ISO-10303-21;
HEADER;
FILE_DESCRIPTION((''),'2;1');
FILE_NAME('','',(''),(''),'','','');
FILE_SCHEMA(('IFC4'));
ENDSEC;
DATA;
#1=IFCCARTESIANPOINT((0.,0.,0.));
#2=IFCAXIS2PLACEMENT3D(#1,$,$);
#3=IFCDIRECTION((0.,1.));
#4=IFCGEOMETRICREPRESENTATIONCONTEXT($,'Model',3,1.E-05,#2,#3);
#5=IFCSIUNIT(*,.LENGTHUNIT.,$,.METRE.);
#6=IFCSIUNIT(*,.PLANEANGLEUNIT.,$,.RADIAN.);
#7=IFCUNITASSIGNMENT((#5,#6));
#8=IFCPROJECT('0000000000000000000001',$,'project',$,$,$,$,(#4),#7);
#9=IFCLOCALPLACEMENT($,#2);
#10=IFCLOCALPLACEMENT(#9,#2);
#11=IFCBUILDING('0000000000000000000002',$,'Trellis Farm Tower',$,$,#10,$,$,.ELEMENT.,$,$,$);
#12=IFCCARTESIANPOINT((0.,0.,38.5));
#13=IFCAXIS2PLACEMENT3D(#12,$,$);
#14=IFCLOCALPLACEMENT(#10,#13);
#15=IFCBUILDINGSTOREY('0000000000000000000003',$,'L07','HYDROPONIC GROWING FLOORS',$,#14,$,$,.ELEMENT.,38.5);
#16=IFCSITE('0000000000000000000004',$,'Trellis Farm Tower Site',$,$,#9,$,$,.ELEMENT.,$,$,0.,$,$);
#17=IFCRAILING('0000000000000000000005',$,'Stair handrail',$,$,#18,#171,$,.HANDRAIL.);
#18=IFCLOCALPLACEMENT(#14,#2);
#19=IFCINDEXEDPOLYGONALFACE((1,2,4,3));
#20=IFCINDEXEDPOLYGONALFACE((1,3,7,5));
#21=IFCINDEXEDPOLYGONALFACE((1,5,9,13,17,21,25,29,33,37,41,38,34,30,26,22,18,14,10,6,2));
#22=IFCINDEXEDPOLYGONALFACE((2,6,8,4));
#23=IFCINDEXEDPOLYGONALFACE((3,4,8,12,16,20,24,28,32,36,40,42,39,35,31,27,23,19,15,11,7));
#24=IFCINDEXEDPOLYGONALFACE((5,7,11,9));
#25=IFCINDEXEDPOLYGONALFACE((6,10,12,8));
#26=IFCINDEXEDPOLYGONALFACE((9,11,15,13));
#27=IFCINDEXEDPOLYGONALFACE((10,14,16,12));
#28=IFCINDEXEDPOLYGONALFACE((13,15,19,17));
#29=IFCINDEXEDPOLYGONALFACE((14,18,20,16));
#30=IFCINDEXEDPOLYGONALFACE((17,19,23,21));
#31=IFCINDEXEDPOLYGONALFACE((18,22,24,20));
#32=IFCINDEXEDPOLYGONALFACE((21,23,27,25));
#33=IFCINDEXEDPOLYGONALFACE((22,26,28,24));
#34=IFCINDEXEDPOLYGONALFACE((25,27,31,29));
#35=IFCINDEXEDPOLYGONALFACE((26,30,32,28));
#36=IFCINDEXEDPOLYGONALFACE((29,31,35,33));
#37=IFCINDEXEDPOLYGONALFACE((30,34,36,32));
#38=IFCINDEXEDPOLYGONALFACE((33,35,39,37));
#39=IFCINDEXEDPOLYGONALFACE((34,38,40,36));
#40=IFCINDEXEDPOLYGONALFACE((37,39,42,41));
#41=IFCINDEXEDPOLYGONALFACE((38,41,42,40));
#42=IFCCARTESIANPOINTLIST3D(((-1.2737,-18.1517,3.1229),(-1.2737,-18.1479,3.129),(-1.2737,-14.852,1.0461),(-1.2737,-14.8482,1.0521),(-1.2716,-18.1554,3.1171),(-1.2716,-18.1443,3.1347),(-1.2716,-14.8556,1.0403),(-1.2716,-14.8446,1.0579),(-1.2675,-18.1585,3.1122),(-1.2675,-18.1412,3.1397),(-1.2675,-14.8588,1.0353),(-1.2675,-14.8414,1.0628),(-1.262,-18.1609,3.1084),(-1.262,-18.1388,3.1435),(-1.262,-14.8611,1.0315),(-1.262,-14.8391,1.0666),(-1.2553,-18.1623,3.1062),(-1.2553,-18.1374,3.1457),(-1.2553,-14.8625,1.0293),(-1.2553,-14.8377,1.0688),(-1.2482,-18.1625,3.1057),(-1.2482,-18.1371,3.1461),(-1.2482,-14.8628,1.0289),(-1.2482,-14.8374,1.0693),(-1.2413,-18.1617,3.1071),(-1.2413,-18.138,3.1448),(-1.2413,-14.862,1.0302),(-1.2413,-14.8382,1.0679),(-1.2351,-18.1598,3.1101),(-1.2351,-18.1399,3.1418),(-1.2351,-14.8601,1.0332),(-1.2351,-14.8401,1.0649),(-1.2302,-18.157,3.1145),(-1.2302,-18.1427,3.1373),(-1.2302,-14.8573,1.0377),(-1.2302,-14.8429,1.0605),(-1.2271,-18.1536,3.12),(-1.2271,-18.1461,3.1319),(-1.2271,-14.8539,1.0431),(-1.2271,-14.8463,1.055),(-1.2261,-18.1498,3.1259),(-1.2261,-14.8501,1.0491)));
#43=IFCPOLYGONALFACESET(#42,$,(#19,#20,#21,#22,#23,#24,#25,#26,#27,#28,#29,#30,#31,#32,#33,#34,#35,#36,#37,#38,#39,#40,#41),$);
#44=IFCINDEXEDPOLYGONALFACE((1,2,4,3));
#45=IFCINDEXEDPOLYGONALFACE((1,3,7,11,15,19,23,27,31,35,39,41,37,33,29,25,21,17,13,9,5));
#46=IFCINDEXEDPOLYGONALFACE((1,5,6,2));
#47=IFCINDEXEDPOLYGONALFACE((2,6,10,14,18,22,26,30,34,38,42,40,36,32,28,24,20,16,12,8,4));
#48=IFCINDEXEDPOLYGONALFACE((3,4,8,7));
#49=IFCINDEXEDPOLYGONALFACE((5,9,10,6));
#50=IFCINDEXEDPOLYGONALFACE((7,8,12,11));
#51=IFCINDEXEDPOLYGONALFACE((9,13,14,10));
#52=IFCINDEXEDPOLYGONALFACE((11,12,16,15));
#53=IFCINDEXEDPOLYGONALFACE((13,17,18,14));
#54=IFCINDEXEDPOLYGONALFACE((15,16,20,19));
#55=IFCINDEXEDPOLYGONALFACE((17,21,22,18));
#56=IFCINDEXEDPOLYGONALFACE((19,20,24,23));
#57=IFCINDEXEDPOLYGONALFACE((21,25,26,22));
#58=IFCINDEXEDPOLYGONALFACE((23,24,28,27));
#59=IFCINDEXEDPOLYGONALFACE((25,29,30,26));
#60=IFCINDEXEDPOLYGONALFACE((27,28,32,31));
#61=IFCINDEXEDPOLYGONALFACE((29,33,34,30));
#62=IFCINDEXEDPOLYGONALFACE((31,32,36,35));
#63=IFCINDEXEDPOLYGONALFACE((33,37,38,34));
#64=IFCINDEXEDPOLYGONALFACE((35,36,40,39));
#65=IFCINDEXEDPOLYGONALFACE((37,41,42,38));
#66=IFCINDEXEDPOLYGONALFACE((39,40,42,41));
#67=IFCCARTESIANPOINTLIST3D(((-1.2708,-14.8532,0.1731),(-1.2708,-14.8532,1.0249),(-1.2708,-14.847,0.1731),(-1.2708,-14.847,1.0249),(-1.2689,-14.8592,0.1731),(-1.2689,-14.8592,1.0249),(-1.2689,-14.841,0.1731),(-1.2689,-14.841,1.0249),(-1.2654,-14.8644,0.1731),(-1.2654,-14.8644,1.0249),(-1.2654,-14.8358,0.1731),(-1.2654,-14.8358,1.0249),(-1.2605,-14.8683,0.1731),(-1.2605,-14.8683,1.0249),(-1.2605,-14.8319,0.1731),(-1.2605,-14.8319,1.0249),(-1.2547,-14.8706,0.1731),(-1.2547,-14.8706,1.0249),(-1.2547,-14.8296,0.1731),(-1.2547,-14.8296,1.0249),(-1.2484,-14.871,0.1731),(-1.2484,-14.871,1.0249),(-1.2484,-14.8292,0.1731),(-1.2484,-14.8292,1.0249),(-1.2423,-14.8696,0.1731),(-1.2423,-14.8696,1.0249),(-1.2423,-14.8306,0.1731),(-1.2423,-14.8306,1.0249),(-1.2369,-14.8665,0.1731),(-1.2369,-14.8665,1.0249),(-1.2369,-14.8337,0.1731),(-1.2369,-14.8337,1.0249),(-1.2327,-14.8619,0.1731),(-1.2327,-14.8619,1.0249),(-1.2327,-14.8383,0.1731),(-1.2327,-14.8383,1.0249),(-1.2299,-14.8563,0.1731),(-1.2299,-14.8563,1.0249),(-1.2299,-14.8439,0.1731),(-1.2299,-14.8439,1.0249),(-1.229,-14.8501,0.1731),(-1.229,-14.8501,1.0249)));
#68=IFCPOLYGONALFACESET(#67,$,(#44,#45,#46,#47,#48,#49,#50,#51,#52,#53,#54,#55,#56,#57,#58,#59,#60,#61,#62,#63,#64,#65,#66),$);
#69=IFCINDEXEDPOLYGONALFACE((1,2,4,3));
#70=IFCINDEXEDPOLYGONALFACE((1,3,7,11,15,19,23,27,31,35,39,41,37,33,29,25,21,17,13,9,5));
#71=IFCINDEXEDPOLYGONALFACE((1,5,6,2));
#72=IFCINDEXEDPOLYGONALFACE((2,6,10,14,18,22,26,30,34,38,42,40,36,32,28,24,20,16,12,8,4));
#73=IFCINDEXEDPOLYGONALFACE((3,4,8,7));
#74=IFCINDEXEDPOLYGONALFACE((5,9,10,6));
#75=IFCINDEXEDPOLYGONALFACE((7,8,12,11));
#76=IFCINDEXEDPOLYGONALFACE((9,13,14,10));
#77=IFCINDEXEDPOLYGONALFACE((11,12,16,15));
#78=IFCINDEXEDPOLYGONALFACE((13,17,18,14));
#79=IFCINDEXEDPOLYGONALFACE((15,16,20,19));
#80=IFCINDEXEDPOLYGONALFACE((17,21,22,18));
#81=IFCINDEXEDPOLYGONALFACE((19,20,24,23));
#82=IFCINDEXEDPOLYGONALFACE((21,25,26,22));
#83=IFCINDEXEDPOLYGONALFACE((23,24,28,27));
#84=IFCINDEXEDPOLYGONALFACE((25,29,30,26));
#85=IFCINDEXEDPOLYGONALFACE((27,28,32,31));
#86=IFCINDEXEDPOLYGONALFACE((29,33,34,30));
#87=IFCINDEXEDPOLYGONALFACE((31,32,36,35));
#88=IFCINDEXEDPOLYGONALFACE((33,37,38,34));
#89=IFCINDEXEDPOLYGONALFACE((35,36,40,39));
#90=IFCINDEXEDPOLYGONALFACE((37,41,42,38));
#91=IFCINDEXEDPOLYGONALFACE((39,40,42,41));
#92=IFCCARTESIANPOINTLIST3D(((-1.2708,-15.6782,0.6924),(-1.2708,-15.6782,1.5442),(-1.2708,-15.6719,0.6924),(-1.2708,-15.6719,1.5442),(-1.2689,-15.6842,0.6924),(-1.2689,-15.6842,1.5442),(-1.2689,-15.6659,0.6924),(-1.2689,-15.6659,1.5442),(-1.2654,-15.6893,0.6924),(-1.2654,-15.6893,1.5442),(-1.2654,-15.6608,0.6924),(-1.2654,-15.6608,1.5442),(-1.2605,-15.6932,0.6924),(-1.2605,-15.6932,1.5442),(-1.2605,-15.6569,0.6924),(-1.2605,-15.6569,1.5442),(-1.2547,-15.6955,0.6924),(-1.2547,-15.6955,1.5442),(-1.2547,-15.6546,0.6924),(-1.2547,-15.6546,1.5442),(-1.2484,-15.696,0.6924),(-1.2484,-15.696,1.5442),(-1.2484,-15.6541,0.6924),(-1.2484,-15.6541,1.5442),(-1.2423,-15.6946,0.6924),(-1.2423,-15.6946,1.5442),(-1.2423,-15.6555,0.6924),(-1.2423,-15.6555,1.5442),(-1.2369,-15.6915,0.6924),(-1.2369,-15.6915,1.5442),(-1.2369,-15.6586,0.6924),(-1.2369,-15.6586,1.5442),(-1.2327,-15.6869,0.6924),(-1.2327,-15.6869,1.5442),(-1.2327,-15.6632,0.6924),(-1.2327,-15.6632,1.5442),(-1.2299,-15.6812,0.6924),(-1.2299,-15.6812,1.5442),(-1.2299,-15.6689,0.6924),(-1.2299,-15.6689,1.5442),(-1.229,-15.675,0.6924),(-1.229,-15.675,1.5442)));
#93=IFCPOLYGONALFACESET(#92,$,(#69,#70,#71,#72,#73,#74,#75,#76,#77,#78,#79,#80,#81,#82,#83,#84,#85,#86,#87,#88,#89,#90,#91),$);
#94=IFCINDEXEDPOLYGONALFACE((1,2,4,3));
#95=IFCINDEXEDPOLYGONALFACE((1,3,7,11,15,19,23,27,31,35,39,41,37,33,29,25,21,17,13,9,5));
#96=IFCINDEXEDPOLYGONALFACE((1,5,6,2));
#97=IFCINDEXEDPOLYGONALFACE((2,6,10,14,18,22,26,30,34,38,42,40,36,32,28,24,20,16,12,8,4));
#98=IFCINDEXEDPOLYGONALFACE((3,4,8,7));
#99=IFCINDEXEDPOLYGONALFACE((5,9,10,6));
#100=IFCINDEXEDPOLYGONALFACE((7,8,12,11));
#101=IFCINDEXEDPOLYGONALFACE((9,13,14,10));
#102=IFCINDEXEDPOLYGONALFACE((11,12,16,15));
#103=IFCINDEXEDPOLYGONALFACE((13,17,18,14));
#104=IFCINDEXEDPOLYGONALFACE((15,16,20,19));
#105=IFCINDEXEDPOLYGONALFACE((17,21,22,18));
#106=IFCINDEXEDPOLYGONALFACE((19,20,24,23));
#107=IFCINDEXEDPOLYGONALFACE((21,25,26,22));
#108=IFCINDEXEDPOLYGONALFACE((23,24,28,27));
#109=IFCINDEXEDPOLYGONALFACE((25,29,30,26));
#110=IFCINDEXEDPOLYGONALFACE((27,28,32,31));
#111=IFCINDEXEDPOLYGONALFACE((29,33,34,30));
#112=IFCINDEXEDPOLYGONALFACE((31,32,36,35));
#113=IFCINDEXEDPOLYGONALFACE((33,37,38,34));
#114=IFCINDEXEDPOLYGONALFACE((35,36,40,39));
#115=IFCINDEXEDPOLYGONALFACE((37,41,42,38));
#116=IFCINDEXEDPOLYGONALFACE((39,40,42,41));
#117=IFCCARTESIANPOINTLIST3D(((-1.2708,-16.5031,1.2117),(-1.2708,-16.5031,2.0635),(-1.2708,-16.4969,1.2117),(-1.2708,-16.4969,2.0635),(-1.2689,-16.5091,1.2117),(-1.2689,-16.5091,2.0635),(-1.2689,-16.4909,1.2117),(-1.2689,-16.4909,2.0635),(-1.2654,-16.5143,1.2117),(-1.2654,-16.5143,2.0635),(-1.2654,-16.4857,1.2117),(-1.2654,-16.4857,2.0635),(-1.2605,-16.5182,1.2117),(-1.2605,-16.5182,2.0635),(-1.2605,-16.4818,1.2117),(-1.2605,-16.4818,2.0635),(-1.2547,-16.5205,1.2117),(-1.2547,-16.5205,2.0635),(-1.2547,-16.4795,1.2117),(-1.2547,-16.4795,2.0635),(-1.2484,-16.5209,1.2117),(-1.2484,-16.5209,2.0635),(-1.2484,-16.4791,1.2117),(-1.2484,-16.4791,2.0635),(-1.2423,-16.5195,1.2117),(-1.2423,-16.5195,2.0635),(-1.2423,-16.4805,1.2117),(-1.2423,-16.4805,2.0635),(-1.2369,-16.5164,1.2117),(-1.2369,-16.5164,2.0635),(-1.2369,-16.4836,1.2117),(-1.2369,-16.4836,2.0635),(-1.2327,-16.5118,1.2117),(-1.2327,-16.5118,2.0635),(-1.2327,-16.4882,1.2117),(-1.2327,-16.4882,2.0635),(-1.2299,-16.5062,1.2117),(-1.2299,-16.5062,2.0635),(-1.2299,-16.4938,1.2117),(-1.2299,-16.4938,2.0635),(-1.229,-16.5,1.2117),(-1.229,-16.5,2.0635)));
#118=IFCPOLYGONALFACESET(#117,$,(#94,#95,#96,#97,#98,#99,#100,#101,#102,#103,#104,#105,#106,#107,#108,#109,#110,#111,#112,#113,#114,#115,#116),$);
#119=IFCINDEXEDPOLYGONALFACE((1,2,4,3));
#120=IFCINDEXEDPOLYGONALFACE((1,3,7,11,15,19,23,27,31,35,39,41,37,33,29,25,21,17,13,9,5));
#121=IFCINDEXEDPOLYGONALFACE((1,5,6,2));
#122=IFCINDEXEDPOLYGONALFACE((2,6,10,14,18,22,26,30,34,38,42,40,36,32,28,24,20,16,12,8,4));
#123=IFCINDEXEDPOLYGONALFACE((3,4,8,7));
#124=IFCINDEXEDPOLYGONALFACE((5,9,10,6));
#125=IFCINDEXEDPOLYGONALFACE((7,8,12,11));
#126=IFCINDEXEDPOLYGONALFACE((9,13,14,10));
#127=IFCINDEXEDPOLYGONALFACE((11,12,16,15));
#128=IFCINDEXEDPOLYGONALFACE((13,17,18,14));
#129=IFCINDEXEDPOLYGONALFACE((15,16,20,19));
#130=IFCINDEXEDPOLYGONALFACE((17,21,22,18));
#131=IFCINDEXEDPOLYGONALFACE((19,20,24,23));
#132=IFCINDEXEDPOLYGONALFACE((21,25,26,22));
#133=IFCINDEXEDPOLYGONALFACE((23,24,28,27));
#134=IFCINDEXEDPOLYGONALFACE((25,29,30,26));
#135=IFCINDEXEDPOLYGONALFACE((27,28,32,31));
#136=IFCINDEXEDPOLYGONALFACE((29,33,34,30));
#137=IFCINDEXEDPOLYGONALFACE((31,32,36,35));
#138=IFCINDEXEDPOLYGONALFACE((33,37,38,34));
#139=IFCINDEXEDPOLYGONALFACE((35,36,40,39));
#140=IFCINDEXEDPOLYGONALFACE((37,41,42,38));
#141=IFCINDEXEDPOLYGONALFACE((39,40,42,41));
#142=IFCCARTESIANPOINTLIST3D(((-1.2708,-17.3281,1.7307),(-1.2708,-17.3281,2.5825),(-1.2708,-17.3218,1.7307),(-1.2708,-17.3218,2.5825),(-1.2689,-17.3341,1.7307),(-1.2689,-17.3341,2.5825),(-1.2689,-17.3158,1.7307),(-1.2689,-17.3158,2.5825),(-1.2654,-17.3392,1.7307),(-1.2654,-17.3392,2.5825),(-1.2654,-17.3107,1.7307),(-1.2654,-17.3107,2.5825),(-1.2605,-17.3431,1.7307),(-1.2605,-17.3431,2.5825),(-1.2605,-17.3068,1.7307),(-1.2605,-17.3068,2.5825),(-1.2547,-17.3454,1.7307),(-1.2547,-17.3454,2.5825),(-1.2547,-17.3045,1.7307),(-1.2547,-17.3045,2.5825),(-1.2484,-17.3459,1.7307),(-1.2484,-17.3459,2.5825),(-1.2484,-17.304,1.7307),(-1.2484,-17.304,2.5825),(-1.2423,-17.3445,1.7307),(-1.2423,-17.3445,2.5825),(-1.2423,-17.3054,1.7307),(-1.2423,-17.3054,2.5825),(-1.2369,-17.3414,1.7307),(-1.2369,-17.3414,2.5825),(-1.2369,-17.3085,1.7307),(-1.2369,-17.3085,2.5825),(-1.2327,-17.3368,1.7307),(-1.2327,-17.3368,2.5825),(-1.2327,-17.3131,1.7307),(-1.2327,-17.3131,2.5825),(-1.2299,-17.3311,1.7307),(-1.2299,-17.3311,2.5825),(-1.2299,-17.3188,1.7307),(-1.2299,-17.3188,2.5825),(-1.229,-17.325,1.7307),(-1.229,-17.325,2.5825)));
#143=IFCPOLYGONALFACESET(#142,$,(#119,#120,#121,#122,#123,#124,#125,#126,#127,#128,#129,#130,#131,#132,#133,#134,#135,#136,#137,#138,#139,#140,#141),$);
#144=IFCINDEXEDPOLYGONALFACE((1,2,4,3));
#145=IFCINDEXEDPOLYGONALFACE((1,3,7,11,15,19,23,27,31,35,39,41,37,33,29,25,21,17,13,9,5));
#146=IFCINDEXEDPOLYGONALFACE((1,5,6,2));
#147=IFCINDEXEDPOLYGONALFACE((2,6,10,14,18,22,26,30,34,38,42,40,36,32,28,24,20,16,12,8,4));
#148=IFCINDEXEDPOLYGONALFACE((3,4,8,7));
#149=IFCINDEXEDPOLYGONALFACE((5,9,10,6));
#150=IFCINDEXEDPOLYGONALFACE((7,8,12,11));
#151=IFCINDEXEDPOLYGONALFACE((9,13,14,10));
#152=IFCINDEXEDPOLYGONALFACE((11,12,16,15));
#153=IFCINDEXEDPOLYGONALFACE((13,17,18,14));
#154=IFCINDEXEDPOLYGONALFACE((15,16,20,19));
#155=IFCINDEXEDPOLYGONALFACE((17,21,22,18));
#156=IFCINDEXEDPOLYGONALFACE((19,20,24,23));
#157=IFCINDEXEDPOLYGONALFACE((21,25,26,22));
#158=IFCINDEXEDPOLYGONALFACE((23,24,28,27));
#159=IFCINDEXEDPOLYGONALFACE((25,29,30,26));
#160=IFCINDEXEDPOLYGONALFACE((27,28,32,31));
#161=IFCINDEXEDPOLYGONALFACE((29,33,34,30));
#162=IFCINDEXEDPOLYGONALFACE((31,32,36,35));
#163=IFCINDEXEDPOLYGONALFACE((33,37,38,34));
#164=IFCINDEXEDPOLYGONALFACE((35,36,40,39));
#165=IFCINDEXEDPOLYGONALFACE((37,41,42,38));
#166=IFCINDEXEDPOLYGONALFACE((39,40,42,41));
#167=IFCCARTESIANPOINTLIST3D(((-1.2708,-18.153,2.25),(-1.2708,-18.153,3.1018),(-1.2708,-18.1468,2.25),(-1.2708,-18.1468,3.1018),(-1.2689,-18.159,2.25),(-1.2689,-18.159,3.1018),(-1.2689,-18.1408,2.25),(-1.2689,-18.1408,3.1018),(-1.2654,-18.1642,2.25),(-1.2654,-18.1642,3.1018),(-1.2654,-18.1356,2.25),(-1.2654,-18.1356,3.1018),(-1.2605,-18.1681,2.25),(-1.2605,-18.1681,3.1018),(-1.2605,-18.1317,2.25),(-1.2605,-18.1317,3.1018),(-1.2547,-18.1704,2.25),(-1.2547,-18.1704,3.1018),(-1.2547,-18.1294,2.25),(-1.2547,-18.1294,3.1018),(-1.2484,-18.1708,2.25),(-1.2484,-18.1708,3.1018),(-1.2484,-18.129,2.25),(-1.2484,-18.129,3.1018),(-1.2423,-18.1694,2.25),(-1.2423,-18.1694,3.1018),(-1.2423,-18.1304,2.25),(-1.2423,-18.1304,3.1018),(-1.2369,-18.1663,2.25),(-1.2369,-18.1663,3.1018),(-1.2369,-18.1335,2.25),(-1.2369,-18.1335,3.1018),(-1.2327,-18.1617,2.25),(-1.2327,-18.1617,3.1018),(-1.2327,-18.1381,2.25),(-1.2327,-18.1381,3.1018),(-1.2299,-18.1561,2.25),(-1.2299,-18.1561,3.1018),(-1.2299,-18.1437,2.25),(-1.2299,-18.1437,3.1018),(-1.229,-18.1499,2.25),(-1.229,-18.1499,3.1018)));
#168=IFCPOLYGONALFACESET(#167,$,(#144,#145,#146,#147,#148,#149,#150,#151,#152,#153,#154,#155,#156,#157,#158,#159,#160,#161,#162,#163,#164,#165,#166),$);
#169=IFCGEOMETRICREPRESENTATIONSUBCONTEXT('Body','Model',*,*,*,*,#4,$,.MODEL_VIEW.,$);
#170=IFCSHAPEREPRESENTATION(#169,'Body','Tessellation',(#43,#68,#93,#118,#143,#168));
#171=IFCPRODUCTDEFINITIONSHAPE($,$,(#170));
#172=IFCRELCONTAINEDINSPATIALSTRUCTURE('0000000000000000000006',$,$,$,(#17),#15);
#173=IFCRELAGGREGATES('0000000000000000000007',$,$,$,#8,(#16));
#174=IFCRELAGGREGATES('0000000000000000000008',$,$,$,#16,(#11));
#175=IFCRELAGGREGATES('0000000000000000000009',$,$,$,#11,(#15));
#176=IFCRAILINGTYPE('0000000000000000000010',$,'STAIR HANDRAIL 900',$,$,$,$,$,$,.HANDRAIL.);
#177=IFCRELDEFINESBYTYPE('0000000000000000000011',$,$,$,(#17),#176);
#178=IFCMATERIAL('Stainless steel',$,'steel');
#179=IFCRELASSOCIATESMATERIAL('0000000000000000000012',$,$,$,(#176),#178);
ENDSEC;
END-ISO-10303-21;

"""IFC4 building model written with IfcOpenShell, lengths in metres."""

from ifc_helpers import new_model, si_unit, direction, frame, origin, origin_2d, place, context, subcontext, project, spatial, circle, extrude, source, transform, mapped, material, type_object, element, save


model = new_model("IFC4")

# Units and contexts
model_context = context("Model", 3, precision=1e-05, world=origin(), true_north=direction((0.0, 1.0)))
body_context = subcontext(model_context, "Body", "Model", "MODEL_VIEW")
ifc_project = project(units=[si_unit("LENGTHUNIT", "METRE"), si_unit("PLANEANGLEUNIT", "RADIAN")], contexts=[model_context])

# Site, building, storey
site_placement = place(None, origin())
site = spatial("IfcSite", under=ifc_project, at=site_placement, Name="Trellis Farm Tower Site", CompositionType="ELEMENT", RefElevation=0.0)
building_placement = place(site_placement, origin())
building = spatial("IfcBuilding", under=site, at=building_placement, Name="Trellis Farm Tower", CompositionType="ELEMENT")
storey_placement = place(building_placement, frame((0.0, 0.0, 38.5)))
storey = spatial("IfcBuildingStorey", under=building, at=storey_placement, Name="L07", Description="HYDROPONIC GROWING FLOORS", CompositionType="ELEMENT", Elevation=38.5)

# Railing
ifc_material_1 = material(Name="Stainless steel", Category="steel")
railing_type = type_object("IfcRailingType", Name="STAIR HANDRAIL 900", PredefinedType="HANDRAIL", material=ifc_material_1)
shared_shape_1 = source(origin(), body_context, "Body", "SweptSolid", [
    extrude(circle(Radius=0.0239, at=origin_2d()), frame((0.0, 0.0, 0.876), z_axis=(0.0, -0.84632, 0.532675), x_axis=(1.0, 0.0, 0.0)), (0.0, 0.0, 1.0), 3.8989),
    extrude(circle(Radius=0.021, at=origin_2d()), origin(), (0.0, 0.0, 1.0), 0.8518),
    extrude(circle(Radius=0.021, at=origin_2d()), frame((0.0, -0.825, 0.5193)), (0.0, 0.0, 1.0), 0.8518),
    extrude(circle(Radius=0.021, at=origin_2d()), frame((0.0, -1.6499, 1.0386)), (0.0, 0.0, 1.0), 0.8518),
    extrude(circle(Radius=0.021, at=origin_2d()), frame((0.0, -2.4749, 1.5576)), (0.0, 0.0, 1.0), 0.8518),
    extrude(circle(Radius=0.021, at=origin_2d()), frame((0.0, -3.2998, 2.0769)), (0.0, 0.0, 1.0), 0.8518),
])
railing_placement = place(storey_placement, frame((-1.25, -14.8501, 0.1731)))
element("IfcRailing", 1, at=railing_placement, inside=storey, type_object=railing_type, Name="Stair handrail", PredefinedType="HANDRAIL", context=body_context, shape_type="MappedRepresentation", body=[
    mapped(shared_shape_1, transform((0.0, 0.0, 0.0))),
])

save(model, "model.ifc")
